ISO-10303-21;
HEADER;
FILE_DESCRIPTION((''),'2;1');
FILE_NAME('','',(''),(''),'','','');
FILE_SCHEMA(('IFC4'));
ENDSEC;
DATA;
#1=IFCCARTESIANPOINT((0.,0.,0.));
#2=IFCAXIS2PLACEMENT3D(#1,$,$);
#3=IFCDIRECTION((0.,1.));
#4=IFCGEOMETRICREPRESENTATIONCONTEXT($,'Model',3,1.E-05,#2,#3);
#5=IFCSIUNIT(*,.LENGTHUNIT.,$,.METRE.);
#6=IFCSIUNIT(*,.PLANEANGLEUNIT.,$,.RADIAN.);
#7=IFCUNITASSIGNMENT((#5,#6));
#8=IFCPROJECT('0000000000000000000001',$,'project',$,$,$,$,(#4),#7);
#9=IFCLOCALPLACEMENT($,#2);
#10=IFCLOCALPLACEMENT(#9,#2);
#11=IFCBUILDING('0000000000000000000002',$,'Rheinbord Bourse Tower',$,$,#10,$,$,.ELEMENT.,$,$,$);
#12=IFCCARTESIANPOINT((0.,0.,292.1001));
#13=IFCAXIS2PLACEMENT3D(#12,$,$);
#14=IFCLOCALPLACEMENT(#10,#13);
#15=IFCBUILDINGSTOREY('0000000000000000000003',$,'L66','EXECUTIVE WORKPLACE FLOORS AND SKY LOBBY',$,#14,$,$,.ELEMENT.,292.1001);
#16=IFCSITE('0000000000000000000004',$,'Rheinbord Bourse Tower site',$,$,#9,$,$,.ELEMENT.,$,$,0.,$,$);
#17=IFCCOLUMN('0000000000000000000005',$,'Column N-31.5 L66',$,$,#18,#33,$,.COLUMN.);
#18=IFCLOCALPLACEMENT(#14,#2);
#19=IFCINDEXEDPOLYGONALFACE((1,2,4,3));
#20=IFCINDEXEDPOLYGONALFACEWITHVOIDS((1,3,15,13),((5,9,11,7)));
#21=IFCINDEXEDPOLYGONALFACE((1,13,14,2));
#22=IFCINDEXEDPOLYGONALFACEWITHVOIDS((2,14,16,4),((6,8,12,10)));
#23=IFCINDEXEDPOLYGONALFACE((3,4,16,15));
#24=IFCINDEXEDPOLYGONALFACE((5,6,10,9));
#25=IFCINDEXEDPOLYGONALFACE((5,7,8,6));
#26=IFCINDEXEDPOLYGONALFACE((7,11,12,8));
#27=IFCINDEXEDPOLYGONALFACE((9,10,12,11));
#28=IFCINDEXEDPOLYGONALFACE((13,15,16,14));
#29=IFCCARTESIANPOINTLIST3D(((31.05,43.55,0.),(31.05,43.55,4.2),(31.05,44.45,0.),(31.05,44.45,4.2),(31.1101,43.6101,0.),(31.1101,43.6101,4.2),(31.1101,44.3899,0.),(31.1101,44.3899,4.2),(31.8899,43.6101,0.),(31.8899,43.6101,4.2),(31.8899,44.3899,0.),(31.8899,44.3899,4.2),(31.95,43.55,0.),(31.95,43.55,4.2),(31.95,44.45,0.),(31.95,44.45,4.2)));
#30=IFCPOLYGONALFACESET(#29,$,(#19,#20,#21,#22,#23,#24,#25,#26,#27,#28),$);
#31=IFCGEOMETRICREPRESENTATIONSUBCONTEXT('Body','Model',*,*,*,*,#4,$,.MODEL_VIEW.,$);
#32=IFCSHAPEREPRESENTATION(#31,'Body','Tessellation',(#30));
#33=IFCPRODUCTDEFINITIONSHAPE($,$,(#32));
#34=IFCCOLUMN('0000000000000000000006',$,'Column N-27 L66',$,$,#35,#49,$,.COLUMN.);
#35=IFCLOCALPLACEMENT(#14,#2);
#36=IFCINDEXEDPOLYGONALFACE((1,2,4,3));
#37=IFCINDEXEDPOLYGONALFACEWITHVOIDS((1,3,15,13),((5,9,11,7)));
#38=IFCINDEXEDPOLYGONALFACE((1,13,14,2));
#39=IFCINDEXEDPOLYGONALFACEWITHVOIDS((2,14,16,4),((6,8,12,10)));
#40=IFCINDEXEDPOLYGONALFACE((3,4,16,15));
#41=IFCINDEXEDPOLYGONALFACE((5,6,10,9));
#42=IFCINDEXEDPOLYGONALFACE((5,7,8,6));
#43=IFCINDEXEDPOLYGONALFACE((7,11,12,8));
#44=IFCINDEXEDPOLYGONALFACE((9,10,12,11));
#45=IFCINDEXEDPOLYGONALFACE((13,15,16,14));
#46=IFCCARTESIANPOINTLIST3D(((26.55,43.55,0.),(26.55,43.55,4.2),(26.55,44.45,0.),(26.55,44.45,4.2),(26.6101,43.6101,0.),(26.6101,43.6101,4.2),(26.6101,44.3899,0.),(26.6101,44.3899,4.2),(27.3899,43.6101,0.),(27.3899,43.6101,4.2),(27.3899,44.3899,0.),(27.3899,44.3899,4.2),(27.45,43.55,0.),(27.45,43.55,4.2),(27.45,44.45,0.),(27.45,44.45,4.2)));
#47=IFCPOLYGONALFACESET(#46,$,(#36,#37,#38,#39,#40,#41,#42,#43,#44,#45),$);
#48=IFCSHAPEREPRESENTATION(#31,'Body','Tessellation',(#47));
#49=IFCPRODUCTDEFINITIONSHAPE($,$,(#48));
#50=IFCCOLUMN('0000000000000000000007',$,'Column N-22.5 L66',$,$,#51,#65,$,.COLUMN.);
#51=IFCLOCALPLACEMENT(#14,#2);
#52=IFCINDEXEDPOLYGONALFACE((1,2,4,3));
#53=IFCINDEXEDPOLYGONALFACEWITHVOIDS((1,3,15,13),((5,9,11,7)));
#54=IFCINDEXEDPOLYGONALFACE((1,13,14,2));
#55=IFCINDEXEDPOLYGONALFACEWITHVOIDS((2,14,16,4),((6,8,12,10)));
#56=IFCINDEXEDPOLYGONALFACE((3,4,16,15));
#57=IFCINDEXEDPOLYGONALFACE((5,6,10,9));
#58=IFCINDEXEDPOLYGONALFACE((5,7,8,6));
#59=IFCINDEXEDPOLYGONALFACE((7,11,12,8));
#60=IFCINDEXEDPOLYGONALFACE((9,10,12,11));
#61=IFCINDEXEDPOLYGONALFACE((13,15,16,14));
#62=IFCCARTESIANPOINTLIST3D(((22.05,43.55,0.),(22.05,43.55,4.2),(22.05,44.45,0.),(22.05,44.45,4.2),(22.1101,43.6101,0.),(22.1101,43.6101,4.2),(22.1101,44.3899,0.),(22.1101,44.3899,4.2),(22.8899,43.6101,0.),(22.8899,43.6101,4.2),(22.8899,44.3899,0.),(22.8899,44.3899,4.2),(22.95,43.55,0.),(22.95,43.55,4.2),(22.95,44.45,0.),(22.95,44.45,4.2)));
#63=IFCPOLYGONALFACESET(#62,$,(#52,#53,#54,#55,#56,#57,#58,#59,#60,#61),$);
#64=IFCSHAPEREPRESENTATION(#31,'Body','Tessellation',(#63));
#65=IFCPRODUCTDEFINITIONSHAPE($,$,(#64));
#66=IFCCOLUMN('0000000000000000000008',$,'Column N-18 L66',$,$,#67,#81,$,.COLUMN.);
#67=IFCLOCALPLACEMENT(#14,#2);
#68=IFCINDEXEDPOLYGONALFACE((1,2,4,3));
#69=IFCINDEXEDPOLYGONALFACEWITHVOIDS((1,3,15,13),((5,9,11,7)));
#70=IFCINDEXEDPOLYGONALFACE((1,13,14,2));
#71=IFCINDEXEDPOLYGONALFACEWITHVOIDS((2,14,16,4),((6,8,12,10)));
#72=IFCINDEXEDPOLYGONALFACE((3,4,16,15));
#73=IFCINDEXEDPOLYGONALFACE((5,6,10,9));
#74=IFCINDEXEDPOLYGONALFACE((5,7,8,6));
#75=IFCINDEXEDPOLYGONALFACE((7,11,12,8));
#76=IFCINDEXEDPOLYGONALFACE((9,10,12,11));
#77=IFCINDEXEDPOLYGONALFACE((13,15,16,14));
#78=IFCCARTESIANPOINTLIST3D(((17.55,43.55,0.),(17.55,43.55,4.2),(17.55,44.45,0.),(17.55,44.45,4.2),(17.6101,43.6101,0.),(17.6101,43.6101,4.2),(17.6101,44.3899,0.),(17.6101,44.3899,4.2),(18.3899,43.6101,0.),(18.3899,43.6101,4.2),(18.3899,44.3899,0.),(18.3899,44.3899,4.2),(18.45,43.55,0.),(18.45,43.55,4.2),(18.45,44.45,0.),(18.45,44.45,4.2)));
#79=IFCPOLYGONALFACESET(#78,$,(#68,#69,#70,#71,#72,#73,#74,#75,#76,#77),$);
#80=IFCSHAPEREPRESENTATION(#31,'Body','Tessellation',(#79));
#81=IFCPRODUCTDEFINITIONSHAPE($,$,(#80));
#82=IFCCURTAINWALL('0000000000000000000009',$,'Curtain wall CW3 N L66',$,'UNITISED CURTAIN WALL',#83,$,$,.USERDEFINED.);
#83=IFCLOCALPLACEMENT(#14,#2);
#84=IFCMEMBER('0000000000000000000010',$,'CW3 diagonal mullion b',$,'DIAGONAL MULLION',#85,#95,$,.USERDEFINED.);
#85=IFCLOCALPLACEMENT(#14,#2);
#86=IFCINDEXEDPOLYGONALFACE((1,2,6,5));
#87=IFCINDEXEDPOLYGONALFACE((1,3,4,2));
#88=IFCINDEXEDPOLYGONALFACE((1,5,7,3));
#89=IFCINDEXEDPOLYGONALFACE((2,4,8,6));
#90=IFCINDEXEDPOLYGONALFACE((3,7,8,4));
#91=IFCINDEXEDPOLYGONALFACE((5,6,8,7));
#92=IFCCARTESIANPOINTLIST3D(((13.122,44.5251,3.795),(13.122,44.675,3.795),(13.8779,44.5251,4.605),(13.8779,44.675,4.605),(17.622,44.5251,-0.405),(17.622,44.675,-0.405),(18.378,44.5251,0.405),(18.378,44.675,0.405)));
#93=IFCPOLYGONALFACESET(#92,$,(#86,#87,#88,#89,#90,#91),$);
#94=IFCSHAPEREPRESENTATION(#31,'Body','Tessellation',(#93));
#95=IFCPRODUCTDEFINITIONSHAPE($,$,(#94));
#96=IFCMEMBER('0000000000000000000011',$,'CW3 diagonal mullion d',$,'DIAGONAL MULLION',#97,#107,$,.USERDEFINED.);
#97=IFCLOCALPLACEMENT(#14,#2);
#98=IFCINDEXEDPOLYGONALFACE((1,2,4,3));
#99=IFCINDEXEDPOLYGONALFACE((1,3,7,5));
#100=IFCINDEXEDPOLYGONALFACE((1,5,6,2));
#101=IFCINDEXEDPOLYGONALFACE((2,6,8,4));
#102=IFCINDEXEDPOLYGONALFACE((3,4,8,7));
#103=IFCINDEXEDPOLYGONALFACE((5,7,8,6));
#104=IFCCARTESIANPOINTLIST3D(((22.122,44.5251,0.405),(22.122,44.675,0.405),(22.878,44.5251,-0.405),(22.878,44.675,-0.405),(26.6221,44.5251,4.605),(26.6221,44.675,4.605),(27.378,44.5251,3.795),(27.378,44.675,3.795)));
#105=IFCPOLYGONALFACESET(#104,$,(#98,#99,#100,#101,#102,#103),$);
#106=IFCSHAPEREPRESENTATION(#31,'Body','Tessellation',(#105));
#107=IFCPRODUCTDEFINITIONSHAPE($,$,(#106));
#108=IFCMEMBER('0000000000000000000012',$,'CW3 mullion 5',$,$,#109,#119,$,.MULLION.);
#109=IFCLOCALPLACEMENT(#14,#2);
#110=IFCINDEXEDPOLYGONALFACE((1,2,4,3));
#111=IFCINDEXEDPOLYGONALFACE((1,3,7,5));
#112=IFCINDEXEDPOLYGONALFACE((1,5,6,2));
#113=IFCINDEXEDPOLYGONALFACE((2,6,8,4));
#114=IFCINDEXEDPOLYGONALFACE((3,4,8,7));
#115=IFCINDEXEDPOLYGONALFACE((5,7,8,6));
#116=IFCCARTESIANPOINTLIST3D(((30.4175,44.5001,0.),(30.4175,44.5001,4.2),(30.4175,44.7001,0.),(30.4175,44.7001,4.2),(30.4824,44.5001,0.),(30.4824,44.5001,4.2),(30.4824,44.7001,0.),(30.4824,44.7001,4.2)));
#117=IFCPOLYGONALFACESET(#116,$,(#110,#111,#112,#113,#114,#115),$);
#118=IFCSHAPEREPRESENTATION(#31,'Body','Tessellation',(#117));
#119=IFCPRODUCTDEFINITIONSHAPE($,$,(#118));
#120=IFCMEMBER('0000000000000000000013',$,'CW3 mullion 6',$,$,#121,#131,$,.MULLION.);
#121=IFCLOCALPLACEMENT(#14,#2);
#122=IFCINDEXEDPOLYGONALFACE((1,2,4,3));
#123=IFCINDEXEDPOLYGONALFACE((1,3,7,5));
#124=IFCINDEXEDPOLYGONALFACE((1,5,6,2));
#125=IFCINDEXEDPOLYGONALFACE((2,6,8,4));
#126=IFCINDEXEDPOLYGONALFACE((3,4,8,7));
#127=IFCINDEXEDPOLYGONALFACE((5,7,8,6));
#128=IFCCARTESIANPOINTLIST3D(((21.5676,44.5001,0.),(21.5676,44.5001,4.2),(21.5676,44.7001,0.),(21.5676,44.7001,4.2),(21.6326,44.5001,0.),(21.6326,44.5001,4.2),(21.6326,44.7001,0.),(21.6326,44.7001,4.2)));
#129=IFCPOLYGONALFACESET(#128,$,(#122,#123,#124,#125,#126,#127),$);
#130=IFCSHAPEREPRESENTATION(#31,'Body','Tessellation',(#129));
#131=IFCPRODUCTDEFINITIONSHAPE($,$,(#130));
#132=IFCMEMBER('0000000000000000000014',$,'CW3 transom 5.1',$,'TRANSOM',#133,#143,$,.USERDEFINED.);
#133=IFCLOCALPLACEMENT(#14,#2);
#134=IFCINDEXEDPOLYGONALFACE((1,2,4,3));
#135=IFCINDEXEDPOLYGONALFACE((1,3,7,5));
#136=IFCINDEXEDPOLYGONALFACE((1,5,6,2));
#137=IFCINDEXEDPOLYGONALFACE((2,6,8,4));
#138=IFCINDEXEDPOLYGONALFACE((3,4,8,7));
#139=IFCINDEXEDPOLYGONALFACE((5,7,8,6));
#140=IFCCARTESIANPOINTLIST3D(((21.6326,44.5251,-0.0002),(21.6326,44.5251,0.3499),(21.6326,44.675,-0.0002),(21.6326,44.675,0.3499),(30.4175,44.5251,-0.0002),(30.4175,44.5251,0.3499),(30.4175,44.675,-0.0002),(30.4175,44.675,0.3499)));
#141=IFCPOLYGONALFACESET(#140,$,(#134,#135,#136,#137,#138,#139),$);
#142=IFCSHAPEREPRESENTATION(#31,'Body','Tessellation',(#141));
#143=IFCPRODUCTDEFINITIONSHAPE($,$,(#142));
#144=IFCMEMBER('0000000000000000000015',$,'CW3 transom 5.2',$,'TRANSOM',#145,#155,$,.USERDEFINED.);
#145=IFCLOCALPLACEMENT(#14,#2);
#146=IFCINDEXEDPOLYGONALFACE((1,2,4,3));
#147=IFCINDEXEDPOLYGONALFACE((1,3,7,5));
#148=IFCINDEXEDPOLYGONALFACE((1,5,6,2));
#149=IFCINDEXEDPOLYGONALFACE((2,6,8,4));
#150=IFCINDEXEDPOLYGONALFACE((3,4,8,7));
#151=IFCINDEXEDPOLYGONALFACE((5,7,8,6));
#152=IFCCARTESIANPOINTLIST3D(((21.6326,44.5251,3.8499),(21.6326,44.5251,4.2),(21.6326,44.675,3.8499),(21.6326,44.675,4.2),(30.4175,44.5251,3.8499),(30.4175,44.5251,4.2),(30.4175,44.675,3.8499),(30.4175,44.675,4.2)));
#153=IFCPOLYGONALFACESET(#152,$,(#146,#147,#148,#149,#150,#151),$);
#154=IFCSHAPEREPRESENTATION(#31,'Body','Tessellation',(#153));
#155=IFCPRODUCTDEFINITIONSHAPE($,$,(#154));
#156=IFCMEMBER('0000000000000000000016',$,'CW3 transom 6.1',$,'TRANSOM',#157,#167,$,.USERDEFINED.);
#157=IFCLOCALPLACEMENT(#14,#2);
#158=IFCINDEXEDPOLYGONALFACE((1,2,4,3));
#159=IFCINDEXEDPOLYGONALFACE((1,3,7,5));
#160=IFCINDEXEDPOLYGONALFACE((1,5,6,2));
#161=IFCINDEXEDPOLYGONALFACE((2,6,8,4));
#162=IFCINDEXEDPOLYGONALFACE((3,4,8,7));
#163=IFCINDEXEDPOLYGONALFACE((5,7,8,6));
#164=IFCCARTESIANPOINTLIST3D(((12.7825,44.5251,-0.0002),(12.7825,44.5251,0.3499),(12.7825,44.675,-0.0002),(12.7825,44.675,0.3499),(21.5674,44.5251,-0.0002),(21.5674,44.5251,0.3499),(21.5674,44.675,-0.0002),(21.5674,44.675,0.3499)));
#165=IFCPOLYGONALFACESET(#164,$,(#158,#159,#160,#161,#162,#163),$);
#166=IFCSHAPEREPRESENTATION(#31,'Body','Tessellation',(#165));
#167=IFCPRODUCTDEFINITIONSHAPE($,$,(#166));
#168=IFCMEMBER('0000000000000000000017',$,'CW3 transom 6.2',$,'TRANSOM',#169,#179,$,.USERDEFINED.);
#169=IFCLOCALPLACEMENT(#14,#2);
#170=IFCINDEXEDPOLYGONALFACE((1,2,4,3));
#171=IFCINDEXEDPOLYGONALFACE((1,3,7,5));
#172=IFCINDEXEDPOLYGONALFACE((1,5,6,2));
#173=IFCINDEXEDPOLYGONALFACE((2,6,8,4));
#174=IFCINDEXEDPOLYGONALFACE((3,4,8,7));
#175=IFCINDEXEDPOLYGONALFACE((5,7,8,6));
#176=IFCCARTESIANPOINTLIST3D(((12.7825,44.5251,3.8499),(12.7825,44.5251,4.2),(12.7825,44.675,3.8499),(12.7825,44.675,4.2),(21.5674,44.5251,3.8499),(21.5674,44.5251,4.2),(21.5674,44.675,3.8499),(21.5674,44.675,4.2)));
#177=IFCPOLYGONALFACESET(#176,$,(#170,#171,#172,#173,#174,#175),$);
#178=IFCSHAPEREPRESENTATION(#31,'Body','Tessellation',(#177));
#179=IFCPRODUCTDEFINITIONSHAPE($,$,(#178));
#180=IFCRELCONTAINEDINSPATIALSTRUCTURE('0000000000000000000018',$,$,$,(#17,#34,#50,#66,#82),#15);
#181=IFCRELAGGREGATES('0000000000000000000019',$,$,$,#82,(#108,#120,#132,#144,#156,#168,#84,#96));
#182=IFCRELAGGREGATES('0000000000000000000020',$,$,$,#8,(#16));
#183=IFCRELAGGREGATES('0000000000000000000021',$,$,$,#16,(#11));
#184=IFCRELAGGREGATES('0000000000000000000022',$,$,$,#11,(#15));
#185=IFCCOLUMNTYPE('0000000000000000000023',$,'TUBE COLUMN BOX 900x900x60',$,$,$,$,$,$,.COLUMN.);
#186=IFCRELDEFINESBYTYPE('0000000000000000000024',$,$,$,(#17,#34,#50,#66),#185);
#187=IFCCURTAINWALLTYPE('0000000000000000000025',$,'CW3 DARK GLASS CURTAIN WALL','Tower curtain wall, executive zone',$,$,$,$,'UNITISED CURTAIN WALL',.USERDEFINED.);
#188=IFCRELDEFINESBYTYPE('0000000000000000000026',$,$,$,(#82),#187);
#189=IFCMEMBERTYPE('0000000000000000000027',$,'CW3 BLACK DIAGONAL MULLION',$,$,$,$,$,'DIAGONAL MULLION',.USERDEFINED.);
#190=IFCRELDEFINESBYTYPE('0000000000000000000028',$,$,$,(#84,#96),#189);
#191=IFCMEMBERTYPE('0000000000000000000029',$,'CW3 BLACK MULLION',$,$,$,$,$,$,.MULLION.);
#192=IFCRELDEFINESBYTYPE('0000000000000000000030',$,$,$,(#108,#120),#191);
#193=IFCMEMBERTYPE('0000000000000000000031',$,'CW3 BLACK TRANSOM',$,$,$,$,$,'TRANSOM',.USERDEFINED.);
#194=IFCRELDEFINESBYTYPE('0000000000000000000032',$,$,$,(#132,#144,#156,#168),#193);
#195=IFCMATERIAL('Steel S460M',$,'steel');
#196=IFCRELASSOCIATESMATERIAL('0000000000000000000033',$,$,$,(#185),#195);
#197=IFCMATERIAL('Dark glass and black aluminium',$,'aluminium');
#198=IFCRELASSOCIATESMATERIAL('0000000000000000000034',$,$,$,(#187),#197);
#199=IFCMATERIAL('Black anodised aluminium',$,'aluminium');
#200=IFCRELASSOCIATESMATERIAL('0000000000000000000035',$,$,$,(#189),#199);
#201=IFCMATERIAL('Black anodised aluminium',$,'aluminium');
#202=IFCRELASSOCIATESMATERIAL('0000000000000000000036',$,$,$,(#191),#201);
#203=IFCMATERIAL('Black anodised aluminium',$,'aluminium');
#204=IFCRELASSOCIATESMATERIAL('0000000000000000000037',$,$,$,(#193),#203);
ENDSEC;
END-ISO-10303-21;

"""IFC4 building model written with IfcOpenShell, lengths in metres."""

from ifc_helpers import new_model, si_unit, direction, frame, origin, origin_2d, place, context, subcontext, project, spatial, rectangle, hollow_rectangle, extrude, material, material_profile, profile_set, type_object, element, aggregate, save


model = new_model("IFC4")

# Units and contexts
model_context = context("Model", 3, precision=1e-05, world=origin(), true_north=direction((0.0, 1.0)))
body_context = subcontext(model_context, "Body", "Model", "MODEL_VIEW")
ifc_project = project(units=[si_unit("LENGTHUNIT", "METRE"), si_unit("PLANEANGLEUNIT", "RADIAN")], contexts=[model_context])

# Site, building, storey
site_placement = place(None, origin())
site = spatial("IfcSite", under=ifc_project, at=site_placement, Name="Rheinbord Bourse Tower site", CompositionType="ELEMENT", RefElevation=0.0)
building_placement = place(site_placement, origin())
building = spatial("IfcBuilding", under=site, at=building_placement, Name="Rheinbord Bourse Tower", CompositionType="ELEMENT")
storey_placement = place(building_placement, frame((0.0, 0.0, 292.1001)))
storey = spatial("IfcBuildingStorey", under=building, at=storey_placement, Name="L66", Description="EXECUTIVE WORKPLACE FLOORS AND SKY LOBBY", CompositionType="ELEMENT", Elevation=292.1001)

# Columns
ifc_material_1 = material(Name="Steel S460M", Category="steel")
ifc_material_profile_1 = material_profile(ifc_material_1, hollow_rectangle(XDim=0.8999, YDim=0.8999, WallThickness=0.0601, at=origin_2d()), Name="BOX 900x900x60")
ifc_profile_set_1 = profile_set([ifc_material_profile_1], Name="Steel S460M")
column_type = type_object("IfcColumnType", Name="TUBE COLUMN BOX 900x900x60", PredefinedType="COLUMN", material=ifc_profile_set_1)
for number, where, z_axis, x_axis, name in (
    (1, (31.5, 44.0, 0.0), (0.0, 0.0, 1.0), (0.0, 1.0, 0.0), "Column N-31.5 L66"),
    (2, (27.0, 44.0, 0.0), (0.0, 0.0, 1.0), (0.0, 1.0, 0.0), "Column N-27 L66"),
    (3, (22.5, 44.0, 0.0), (0.0, 0.0, 1.0), (0.0, 1.0, 0.0), "Column N-22.5 L66"),
    (4, (18.0, 44.0, 0.0), (0.0, 0.0, 1.0), (0.0, 1.0, 0.0), "Column N-18 L66"),
):
    element("IfcColumn", number, at=place(storey_placement, frame(where, z_axis=z_axis, x_axis=x_axis)), inside=storey, type_object=column_type, Name=name, PredefinedType="COLUMN", context=body_context, shape_type="SweptSolid", body=[
        extrude(hollow_rectangle(XDim=0.8999, YDim=0.8999, WallThickness=0.0601, at=origin_2d()), origin(), (0.0, 0.0, 1.0), 4.2),
    ])

# Curtain wall, members
ifc_material_2 = material(Name="Dark glass and black aluminium", Category="aluminium")
curtain_wall_type = type_object("IfcCurtainWallType", Name="CW3 DARK GLASS CURTAIN WALL", Description="Tower curtain wall, executive zone", ElementType="UNITISED CURTAIN WALL", PredefinedType="USERDEFINED", material=ifc_material_2)
curtain_wall_placement = place(storey_placement, origin())
curtain_wall = element("IfcCurtainWall", 5, at=curtain_wall_placement, inside=storey, type_object=curtain_wall_type, Name="Curtain wall CW3 N L66", ObjectType="UNITISED CURTAIN WALL", PredefinedType="USERDEFINED")
ifc_material_3 = material(Name="Black anodised aluminium", Category="aluminium")
ifc_material_profile_2 = material_profile(ifc_material_3, rectangle(XDim=0.1499, YDim=1.1079, at=origin_2d()), Name="CW3 DIAGONAL MULLION 1108x150")
ifc_profile_set_2 = profile_set([ifc_material_profile_2], Name="Black anodised aluminium")
member_type_1 = type_object("IfcMemberType", Name="CW3 BLACK DIAGONAL MULLION", ElementType="DIAGONAL MULLION", PredefinedType="USERDEFINED", material=ifc_profile_set_2)
member_1_placement = place(storey_placement, frame((18.0, 44.6001, 0.0), z_axis=(-0.731059, 0.0, 0.682314), x_axis=(0.0, -1.0, 0.0)))
member_1 = element("IfcMember", 6, at=member_1_placement, type_object=member_type_1, Name="CW3 diagonal mullion b", ObjectType="DIAGONAL MULLION", PredefinedType="USERDEFINED", context=body_context, shape_type="SweptSolid", body=[
    extrude(rectangle(XDim=0.1499, YDim=1.1079, at=origin_2d()), origin(), (0.0, 0.0, 1.0), 6.1555),
])
member_2_placement = place(storey_placement, frame((22.5, 44.6001, 0.0), z_axis=(0.731059, 0.0, 0.682314), x_axis=(0.0, 1.0, 0.0)))
member_2 = element("IfcMember", 7, at=member_2_placement, type_object=member_type_1, Name="CW3 diagonal mullion d", ObjectType="DIAGONAL MULLION", PredefinedType="USERDEFINED", context=body_context, shape_type="SweptSolid", body=[
    extrude(rectangle(XDim=0.1499, YDim=1.1079, at=origin_2d()), origin(), (0.0, 0.0, 1.0), 6.1555),
])
ifc_material_4 = material(Name="Black anodised aluminium", Category="aluminium")
ifc_material_profile_3 = material_profile(ifc_material_4, rectangle(XDim=0.2, YDim=0.0649, at=origin_2d()), Name="CW3 MULLION 65x200")
ifc_profile_set_3 = profile_set([ifc_material_profile_3], Name="Black anodised aluminium")
member_type_2 = type_object("IfcMemberType", Name="CW3 BLACK MULLION", PredefinedType="MULLION", material=ifc_profile_set_3)
member_3_placement = place(storey_placement, frame((30.45, 44.6001, 0.0), z_axis=(0.0, 0.0, 1.0), x_axis=(0.0, -1.0, 0.0)))
member_3 = element("IfcMember", 8, at=member_3_placement, type_object=member_type_2, Name="CW3 mullion 5", PredefinedType="MULLION", context=body_context, shape_type="SweptSolid", body=[
    extrude(rectangle(XDim=0.2, YDim=0.0649, at=origin_2d()), origin(), (0.0, 0.0, 1.0), 4.2),
])
member_4_placement = place(storey_placement, frame((21.6001, 44.6001, 0.0), z_axis=(0.0, 0.0, 1.0), x_axis=(0.0, -1.0, 0.0)))
member_4 = element("IfcMember", 9, at=member_4_placement, type_object=member_type_2, Name="CW3 mullion 6", PredefinedType="MULLION", context=body_context, shape_type="SweptSolid", body=[
    extrude(rectangle(XDim=0.2, YDim=0.0649, at=origin_2d()), origin(), (0.0, 0.0, 1.0), 4.2),
])
ifc_material_5 = material(Name="Black anodised aluminium", Category="aluminium")
ifc_material_profile_4 = material_profile(ifc_material_5, rectangle(XDim=0.1499, YDim=0.3501, at=origin_2d()), Name="CW3 TRANSOM 350x150")
ifc_profile_set_4 = profile_set([ifc_material_profile_4], Name="Black anodised aluminium")
member_type_3 = type_object("IfcMemberType", Name="CW3 BLACK TRANSOM", ElementType="TRANSOM", PredefinedType="USERDEFINED", material=ifc_profile_set_4)
member_5_placement = place(storey_placement, frame((30.4175, 44.6001, 0.1748), z_axis=(-1.0, 0.0, 0.0), x_axis=(0.0, -1.0, 0.0)))
member_5 = element("IfcMember", 10, at=member_5_placement, type_object=member_type_3, Name="CW3 transom 5.1", ObjectType="TRANSOM", PredefinedType="USERDEFINED", context=body_context, shape_type="SweptSolid", body=[
    extrude(rectangle(XDim=0.1499, YDim=0.3501, at=origin_2d()), origin(), (0.0, 0.0, 1.0), 8.7849),
])
member_6_placement = place(storey_placement, frame((30.4175, 44.6001, 4.0249), z_axis=(-1.0, 0.0, 0.0), x_axis=(0.0, -1.0, 0.0)))
member_6 = element("IfcMember", 11, at=member_6_placement, type_object=member_type_3, Name="CW3 transom 5.2", ObjectType="TRANSOM", PredefinedType="USERDEFINED", context=body_context, shape_type="SweptSolid", body=[
    extrude(rectangle(XDim=0.1499, YDim=0.3501, at=origin_2d()), origin(), (0.0, 0.0, 1.0), 8.7849),
])
member_7_placement = place(storey_placement, frame((21.5674, 44.6001, 0.1748), z_axis=(-1.0, 0.0, 0.0), x_axis=(0.0, -1.0, 0.0)))
member_7 = element("IfcMember", 12, at=member_7_placement, type_object=member_type_3, Name="CW3 transom 6.1", ObjectType="TRANSOM", PredefinedType="USERDEFINED", context=body_context, shape_type="SweptSolid", body=[
    extrude(rectangle(XDim=0.1499, YDim=0.3501, at=origin_2d()), origin(), (0.0, 0.0, 1.0), 8.7849),
])
member_8_placement = place(storey_placement, frame((21.5674, 44.6001, 4.0249), z_axis=(-1.0, 0.0, 0.0), x_axis=(0.0, -1.0, 0.0)))
member_8 = element("IfcMember", 13, at=member_8_placement, type_object=member_type_3, Name="CW3 transom 6.2", ObjectType="TRANSOM", PredefinedType="USERDEFINED", context=body_context, shape_type="SweptSolid", body=[
    extrude(rectangle(XDim=0.1499, YDim=0.3501, at=origin_2d()), origin(), (0.0, 0.0, 1.0), 8.7849),
])

aggregate(curtain_wall, [member_3, member_4, member_5, member_6, member_7, member_8, member_1, member_2])

save(model, "model.ifc")
